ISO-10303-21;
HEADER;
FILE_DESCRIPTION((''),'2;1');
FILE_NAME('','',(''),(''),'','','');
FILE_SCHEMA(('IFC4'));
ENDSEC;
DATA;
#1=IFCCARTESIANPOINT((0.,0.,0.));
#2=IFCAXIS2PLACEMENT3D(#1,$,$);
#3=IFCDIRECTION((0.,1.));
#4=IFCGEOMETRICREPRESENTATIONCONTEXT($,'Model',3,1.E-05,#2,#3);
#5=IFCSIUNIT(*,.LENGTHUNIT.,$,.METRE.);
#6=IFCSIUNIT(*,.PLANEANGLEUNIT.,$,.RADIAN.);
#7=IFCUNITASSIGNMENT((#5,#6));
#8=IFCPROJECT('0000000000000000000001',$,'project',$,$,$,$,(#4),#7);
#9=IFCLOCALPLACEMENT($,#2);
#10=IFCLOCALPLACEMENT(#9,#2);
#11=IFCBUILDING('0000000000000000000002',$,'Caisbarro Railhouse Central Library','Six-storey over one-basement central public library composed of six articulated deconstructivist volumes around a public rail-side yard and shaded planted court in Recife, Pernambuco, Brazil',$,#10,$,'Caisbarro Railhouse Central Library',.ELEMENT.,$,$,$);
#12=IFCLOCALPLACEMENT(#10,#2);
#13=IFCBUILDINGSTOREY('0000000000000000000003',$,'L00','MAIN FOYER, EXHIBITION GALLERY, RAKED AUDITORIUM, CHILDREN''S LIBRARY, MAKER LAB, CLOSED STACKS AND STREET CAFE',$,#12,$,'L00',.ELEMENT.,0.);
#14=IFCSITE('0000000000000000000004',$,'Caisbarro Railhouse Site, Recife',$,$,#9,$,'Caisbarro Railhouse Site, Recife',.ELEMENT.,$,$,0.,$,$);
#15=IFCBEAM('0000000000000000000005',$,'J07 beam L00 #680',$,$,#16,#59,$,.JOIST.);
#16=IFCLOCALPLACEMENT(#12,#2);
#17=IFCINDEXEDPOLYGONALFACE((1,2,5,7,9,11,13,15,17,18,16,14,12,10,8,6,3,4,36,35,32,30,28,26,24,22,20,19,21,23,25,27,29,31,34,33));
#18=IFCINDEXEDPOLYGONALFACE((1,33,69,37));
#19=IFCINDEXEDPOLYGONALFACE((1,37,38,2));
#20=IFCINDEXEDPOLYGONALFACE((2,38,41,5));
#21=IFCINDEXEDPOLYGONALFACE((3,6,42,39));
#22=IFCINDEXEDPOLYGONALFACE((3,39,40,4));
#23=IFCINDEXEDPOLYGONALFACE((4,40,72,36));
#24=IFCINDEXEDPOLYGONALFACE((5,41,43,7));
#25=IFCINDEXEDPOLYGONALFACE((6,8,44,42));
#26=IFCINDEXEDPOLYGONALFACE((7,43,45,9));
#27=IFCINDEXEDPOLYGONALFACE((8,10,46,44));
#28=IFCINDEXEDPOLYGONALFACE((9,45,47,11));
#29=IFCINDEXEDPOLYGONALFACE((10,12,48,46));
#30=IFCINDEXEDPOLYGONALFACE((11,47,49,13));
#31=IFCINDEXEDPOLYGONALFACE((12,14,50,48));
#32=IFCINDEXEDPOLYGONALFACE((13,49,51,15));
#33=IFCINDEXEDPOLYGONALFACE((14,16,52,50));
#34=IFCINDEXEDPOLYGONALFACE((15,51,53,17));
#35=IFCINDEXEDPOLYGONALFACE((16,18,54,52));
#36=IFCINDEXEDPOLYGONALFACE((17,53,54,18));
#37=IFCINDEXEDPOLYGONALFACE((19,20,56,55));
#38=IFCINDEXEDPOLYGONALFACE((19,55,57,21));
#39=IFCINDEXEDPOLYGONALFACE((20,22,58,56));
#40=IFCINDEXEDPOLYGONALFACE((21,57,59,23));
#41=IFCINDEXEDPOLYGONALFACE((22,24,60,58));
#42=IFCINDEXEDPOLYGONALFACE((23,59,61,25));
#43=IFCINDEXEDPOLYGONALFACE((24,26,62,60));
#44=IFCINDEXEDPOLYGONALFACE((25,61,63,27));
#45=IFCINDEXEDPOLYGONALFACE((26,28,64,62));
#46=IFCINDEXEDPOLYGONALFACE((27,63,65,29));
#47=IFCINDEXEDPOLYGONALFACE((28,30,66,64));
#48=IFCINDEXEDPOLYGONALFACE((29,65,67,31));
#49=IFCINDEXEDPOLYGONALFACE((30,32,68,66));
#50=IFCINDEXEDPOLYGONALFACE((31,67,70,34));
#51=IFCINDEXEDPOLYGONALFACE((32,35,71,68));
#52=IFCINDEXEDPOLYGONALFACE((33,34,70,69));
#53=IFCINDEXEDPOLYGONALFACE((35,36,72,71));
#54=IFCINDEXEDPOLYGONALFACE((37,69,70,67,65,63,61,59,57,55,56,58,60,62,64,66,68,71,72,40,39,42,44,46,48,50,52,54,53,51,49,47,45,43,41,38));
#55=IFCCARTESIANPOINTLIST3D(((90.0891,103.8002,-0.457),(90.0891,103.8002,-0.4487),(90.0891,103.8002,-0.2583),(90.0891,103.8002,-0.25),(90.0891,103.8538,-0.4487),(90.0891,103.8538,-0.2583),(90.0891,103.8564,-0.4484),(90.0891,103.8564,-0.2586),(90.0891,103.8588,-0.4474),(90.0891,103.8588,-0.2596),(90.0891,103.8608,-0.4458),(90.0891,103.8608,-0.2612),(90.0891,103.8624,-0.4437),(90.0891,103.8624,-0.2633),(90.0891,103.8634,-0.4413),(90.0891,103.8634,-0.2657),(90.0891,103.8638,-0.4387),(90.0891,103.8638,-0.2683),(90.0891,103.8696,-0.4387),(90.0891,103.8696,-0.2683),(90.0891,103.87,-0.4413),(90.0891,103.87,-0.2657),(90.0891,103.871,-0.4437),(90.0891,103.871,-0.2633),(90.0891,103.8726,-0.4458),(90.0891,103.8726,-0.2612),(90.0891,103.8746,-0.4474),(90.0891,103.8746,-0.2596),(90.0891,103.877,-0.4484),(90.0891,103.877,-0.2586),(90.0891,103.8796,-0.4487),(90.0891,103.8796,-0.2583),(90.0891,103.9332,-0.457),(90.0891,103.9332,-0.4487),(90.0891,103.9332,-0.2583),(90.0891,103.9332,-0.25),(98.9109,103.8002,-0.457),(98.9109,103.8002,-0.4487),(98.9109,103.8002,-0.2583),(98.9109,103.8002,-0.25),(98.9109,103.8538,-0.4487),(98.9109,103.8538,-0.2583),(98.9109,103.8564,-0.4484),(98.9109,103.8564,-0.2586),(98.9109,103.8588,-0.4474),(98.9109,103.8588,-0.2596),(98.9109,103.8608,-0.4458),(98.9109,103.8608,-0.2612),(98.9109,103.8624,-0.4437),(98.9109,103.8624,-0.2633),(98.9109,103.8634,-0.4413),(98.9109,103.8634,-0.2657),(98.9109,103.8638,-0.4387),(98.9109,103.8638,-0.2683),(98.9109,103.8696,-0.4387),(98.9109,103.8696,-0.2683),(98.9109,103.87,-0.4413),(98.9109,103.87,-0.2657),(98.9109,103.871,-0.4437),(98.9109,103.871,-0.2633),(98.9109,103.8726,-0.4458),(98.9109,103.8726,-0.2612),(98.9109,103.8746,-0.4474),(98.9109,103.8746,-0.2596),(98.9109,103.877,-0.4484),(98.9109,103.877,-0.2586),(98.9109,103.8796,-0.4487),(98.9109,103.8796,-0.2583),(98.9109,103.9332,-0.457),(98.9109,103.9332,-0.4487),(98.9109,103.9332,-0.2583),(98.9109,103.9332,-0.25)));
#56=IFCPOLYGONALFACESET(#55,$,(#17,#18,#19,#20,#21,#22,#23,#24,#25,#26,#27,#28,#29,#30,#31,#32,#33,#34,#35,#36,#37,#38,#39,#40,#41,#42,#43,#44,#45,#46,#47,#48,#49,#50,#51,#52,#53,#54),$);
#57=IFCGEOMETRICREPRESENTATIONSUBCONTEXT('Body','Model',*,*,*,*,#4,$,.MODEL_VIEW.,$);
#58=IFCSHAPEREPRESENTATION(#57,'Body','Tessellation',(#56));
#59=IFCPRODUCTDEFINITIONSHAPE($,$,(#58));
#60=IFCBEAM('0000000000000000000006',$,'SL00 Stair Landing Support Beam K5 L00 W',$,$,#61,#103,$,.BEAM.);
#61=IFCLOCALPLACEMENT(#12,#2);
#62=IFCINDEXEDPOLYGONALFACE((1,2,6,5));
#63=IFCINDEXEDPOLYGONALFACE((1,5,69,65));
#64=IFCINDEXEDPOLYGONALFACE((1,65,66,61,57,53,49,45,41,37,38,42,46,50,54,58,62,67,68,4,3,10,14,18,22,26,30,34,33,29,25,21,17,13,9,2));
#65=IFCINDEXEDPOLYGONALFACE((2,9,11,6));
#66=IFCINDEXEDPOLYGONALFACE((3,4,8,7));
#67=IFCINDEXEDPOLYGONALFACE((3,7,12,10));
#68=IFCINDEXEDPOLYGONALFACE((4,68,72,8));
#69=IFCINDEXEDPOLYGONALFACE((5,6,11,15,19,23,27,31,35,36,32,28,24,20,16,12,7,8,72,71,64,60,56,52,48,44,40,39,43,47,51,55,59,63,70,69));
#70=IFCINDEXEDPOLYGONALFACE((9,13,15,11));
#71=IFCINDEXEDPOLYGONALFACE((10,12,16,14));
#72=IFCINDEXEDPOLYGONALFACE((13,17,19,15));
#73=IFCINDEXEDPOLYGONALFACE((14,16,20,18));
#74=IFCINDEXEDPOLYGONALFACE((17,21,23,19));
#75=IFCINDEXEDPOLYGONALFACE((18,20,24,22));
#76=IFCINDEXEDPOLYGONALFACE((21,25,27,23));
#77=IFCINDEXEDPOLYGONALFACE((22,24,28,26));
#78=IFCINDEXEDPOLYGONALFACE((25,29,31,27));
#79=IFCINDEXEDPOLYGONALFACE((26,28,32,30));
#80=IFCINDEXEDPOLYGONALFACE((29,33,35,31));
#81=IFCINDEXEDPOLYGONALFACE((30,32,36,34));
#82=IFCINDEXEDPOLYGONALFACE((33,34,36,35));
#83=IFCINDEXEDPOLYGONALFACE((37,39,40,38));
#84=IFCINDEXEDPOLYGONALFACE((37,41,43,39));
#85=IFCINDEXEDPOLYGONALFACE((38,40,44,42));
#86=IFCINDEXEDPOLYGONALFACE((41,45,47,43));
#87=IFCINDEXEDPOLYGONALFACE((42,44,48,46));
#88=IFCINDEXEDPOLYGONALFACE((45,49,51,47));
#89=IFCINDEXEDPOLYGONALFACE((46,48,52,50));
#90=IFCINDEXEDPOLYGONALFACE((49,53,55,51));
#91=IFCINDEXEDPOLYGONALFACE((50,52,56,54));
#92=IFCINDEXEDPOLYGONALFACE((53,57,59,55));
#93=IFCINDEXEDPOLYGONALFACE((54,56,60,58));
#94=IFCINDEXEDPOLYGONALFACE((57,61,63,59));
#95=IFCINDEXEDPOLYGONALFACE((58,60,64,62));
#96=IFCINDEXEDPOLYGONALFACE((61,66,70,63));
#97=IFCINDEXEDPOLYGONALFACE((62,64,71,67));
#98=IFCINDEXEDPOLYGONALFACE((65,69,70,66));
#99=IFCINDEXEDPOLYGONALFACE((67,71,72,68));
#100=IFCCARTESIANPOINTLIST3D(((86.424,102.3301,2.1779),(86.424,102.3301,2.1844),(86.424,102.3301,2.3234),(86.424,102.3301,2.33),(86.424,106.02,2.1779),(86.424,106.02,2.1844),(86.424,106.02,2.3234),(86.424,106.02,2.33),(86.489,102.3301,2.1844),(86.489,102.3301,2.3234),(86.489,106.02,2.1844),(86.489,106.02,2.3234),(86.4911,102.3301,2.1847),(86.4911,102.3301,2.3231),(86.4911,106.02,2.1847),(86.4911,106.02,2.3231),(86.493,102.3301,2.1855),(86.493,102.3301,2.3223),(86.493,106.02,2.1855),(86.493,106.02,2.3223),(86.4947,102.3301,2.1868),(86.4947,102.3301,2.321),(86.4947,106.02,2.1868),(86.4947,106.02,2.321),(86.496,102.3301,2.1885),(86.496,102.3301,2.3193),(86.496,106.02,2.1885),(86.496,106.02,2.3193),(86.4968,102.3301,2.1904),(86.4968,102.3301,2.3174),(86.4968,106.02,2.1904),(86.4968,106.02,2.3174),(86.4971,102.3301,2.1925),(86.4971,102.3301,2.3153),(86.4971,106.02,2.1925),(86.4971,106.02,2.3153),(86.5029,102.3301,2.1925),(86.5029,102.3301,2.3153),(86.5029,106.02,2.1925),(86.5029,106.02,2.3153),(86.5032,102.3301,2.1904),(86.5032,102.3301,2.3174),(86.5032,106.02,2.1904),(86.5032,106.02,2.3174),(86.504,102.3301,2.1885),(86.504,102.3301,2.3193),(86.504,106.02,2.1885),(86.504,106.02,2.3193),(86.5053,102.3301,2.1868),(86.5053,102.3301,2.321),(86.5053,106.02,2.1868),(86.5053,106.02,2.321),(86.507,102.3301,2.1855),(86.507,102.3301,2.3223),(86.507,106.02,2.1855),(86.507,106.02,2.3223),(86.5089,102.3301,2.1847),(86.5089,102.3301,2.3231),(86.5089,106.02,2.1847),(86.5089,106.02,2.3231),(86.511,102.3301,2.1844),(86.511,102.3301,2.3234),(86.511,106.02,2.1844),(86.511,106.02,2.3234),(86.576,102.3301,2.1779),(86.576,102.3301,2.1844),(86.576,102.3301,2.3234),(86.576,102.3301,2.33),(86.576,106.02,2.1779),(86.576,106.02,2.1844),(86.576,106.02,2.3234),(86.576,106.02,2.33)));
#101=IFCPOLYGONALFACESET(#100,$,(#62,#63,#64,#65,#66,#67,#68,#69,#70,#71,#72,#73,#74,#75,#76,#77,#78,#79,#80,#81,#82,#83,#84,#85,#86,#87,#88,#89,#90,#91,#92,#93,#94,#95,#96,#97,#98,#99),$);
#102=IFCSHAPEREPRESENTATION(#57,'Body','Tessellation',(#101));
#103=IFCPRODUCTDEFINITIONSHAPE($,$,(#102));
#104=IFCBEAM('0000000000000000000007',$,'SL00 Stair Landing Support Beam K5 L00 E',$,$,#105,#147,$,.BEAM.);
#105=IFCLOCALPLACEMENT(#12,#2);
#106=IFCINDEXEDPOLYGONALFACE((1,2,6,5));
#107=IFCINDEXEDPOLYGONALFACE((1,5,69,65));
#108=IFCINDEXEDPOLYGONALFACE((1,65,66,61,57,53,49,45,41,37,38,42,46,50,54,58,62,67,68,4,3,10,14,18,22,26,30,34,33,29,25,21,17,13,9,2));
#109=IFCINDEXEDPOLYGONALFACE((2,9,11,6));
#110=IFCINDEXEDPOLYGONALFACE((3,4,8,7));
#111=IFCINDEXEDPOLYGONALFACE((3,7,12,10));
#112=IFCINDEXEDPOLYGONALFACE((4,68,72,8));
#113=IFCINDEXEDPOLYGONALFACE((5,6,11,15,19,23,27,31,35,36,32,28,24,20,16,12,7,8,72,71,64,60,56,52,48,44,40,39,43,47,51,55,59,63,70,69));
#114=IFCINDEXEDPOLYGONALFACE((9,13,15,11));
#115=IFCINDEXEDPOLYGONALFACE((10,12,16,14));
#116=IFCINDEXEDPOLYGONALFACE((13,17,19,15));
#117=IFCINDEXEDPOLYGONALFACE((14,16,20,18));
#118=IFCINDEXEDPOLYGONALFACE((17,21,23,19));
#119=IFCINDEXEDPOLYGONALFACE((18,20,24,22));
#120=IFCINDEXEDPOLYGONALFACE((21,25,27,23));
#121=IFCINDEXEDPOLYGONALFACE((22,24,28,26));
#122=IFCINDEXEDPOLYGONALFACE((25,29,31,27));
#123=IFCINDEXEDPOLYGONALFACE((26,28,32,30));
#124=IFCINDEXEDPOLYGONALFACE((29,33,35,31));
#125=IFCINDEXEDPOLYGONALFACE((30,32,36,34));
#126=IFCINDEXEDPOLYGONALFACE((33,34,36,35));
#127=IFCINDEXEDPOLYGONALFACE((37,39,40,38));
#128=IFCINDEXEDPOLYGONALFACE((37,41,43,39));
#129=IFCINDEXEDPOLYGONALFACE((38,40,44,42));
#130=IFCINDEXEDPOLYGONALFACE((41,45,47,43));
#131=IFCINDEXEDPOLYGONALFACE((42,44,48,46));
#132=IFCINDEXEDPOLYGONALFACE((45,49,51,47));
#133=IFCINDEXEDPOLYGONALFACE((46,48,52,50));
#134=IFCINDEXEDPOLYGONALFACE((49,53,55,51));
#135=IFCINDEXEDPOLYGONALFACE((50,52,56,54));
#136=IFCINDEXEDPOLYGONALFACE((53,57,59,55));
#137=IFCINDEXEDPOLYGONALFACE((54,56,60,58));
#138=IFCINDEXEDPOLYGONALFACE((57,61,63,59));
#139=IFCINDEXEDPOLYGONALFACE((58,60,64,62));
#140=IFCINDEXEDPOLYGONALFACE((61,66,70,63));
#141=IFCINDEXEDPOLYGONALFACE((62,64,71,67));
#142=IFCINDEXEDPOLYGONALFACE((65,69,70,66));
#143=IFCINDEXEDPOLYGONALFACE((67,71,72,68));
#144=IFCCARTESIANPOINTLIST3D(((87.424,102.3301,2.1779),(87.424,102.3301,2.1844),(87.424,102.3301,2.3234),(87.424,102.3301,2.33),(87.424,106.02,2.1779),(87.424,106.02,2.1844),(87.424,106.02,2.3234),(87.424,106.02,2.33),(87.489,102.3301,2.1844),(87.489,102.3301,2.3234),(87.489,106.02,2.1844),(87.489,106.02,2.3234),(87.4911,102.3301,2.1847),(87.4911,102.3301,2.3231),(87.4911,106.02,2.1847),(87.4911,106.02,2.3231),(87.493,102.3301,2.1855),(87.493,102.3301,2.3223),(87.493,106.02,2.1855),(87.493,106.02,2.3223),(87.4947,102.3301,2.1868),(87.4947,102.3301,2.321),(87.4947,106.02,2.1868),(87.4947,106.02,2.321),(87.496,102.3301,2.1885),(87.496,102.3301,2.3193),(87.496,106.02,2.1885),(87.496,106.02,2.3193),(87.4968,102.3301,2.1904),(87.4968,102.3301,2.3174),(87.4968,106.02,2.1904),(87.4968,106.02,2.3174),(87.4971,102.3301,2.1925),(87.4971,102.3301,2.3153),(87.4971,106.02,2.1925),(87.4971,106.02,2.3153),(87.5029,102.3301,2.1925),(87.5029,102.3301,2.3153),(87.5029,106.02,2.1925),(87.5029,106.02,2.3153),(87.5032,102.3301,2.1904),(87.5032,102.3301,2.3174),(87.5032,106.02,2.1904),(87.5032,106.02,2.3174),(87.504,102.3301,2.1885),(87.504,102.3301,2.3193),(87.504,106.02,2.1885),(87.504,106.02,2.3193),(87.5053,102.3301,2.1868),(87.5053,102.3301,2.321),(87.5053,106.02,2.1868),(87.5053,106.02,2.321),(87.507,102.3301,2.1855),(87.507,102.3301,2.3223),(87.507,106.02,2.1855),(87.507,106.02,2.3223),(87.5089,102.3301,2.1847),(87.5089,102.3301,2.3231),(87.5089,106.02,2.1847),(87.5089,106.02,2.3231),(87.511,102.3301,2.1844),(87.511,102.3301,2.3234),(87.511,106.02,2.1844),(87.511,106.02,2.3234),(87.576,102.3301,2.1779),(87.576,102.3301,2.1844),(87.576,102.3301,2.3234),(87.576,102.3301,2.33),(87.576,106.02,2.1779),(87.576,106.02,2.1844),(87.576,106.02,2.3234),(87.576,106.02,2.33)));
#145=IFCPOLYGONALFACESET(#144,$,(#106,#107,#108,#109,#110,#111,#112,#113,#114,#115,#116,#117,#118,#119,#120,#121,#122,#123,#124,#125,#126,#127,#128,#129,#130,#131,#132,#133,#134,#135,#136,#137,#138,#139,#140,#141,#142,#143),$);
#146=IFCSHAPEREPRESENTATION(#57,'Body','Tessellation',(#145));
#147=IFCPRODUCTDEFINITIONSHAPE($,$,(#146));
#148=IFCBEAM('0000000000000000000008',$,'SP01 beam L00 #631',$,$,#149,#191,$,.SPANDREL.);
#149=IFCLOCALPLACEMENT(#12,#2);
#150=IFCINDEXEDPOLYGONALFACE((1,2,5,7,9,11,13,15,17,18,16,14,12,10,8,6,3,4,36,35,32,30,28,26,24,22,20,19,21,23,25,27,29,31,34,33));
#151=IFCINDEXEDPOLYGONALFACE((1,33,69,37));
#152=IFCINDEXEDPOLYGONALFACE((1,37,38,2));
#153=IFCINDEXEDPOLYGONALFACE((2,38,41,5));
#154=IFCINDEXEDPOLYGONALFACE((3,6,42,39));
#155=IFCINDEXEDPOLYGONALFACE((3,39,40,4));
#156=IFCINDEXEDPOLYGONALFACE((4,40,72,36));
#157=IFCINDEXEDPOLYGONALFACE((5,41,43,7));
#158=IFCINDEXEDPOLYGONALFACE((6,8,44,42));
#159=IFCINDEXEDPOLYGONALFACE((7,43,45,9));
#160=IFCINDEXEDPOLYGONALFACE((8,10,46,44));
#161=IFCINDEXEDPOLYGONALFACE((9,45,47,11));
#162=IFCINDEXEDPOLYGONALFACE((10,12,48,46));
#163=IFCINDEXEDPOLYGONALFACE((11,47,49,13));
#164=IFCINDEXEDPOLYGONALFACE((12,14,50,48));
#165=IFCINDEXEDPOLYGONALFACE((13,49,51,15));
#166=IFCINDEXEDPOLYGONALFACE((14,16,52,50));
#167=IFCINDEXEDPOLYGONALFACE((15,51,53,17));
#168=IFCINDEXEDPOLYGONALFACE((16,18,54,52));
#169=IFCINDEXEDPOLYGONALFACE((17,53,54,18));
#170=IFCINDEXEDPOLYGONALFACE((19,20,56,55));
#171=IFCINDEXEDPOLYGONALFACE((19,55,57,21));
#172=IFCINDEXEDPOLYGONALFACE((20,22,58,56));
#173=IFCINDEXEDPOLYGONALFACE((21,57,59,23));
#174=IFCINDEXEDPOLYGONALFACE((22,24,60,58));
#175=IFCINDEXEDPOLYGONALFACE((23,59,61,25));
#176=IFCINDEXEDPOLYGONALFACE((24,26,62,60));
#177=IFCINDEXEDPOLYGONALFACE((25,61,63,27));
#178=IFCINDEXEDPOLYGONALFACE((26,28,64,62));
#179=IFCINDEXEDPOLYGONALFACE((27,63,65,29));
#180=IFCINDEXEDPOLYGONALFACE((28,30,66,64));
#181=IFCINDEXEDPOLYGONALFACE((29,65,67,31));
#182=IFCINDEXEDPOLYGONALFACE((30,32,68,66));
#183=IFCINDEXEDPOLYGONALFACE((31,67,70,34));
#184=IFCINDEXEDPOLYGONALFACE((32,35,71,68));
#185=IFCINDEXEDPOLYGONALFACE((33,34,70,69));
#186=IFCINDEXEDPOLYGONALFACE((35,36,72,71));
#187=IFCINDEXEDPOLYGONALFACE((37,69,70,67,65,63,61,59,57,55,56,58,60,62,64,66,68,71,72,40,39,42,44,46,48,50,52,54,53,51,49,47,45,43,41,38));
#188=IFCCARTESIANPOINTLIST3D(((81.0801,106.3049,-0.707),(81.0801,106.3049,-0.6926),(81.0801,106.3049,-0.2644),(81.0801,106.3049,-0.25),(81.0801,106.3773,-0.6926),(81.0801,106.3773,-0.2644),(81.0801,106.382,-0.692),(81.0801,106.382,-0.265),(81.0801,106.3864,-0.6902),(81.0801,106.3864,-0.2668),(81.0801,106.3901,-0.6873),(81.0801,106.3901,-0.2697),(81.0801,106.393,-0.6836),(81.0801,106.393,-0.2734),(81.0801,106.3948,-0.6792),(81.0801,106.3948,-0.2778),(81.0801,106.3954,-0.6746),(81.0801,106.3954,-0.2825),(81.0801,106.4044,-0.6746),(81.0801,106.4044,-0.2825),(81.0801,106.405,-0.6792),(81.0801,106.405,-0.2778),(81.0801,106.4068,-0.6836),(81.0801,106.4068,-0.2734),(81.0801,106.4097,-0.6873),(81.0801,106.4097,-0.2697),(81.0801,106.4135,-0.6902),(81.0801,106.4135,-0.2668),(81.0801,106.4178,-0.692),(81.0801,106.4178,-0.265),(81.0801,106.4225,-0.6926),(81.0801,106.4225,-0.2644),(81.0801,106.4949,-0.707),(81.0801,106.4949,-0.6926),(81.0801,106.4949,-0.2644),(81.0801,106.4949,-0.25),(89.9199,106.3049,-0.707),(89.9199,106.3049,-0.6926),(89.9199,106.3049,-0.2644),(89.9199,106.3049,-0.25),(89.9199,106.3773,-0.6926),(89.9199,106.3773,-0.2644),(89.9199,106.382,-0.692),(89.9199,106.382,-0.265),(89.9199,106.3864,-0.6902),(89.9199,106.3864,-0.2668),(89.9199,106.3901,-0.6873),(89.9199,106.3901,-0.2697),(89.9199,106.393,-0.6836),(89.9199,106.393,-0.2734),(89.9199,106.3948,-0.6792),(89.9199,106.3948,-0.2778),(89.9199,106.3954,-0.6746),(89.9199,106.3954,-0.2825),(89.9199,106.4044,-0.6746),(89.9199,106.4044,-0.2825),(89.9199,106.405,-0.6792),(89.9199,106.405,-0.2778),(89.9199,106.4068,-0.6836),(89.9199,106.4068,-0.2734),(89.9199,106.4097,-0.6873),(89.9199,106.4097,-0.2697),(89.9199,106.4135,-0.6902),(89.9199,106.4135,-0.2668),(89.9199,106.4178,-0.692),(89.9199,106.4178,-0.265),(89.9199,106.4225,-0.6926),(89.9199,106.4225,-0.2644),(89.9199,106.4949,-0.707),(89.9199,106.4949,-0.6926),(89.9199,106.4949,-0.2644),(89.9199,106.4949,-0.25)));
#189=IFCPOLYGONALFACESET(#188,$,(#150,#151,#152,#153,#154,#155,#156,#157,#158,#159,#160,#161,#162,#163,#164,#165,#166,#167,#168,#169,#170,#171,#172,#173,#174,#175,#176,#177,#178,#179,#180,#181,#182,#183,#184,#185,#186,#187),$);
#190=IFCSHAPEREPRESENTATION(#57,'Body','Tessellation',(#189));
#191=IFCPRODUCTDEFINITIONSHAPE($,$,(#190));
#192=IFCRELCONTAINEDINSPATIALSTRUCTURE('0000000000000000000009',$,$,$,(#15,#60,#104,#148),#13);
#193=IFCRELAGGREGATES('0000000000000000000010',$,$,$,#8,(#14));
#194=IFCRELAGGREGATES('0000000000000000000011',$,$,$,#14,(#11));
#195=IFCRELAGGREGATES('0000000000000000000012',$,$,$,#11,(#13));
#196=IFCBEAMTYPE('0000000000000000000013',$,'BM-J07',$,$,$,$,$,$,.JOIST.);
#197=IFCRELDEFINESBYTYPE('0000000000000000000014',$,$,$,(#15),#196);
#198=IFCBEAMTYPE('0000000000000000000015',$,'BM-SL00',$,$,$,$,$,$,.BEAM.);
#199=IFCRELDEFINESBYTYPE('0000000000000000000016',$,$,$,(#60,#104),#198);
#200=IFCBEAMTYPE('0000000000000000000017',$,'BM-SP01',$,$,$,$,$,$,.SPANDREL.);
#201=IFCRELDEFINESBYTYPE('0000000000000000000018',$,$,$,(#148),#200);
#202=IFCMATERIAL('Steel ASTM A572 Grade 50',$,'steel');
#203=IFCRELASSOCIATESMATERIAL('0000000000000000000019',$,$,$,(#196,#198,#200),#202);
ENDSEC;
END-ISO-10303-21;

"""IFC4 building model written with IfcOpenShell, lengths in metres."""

from ifc_helpers import new_model, si_unit, direction, frame, origin, origin_2d, place, context, subcontext, project, spatial, i_section, extrude, material, material_profile, profile_set, type_object, element, save


model = new_model("IFC4")

# Units and contexts
model_context = context("Model", 3, precision=1e-05, world=origin(), true_north=direction((0.0, 1.0)))
body_context = subcontext(model_context, "Body", "Model", "MODEL_VIEW")
ifc_project = project(units=[si_unit("LENGTHUNIT", "METRE"), si_unit("PLANEANGLEUNIT", "RADIAN")], contexts=[model_context])

# Site, building, storey
site_placement = place(None, origin())
site = spatial("IfcSite", under=ifc_project, at=site_placement, Name="Caisbarro Railhouse Site, Recife", LongName="Caisbarro Railhouse Site, Recife", CompositionType="ELEMENT", RefElevation=0.0)
building_placement = place(site_placement, origin())
building = spatial("IfcBuilding", under=site, at=building_placement, Name="Caisbarro Railhouse Central Library", Description="Six-storey over one-basement central public library composed of six articulated deconstructivist volumes around a public rail-side yard and shaded planted court in Recife, Pernambuco, Brazil", LongName="Caisbarro Railhouse Central Library", CompositionType="ELEMENT")
storey_placement = place(building_placement, origin())
storey = spatial("IfcBuildingStorey", under=building, at=storey_placement, Name="L00", Description="MAIN FOYER, EXHIBITION GALLERY, RAKED AUDITORIUM, CHILDREN'S LIBRARY, MAKER LAB, CLOSED STACKS AND STREET CAFE", LongName="L00", CompositionType="ELEMENT", Elevation=0.0)

# Shared definitions
ifc_material_1 = material(Name="Steel ASTM A572 Grade 50", Category="steel")

# Beams
ifc_material_profile_1 = material_profile(ifc_material_1, i_section(OverallWidth=0.1331, OverallDepth=0.207, WebThickness=0.0059, FlangeThickness=0.0083, FilletRadius=0.01, at=origin_2d()), Name="W200X26.6")
ifc_profile_set_1 = profile_set([ifc_material_profile_1], Name="Steel ASTM A572 Grade 50")
beam_type_1 = type_object("IfcBeamType", Name="BM-J07", PredefinedType="JOIST", material=ifc_profile_set_1)
for number, where, z_axis, x_axis, name in (
    (1, (90.0891, 103.8667, -0.3535), (1.0, 0.0, 0.0), (0.0, 1.0, 0.0), "J07 beam L00 #680"),
):
    element("IfcBeam", number, at=place(storey_placement, frame(where, z_axis=z_axis, x_axis=x_axis)), inside=storey, type_object=beam_type_1, Name=name, PredefinedType="JOIST", context=body_context, shape_type="SweptSolid", body=[
        extrude(i_section(OverallWidth=0.1331, OverallDepth=0.207, WebThickness=0.0059, FlangeThickness=0.0083, FilletRadius=0.01, at=origin_2d()), origin(), (0.0, 0.0, 1.0), 8.8218),
    ])
ifc_material_profile_2 = material_profile(ifc_material_1, i_section(OverallWidth=0.1521, OverallDepth=0.1521, WebThickness=0.0059, FlangeThickness=0.0066, FilletRadius=0.0081, at=origin_2d()), Name="W150X22.5")
ifc_profile_set_2 = profile_set([ifc_material_profile_2], Name="Steel ASTM A572 Grade 50")
beam_type_2 = type_object("IfcBeamType", Name="BM-SL00", PredefinedType="BEAM", material=ifc_profile_set_2)
for number, where, z_axis, x_axis, name in (
    (2, (86.5, 102.3301, 2.2539), (0.0, 1.0, 0.0), (-1.0, 0.0, 0.0), "SL00 Stair Landing Support Beam K5 L00 W"),
    (3, (87.5, 102.3301, 2.2539), (0.0, 1.0, 0.0), (-1.0, 0.0, 0.0), "SL00 Stair Landing Support Beam K5 L00 E"),
):
    element("IfcBeam", number, at=place(storey_placement, frame(where, z_axis=z_axis, x_axis=x_axis)), inside=storey, type_object=beam_type_2, Name=name, PredefinedType="BEAM", context=body_context, shape_type="SweptSolid", body=[
        extrude(i_section(OverallWidth=0.1521, OverallDepth=0.1521, WebThickness=0.0059, FlangeThickness=0.0066, FilletRadius=0.0081, at=origin_2d()), origin(), (0.0, 0.0, 1.0), 3.6899),
    ])
ifc_material_profile_3 = material_profile(ifc_material_1, i_section(OverallWidth=0.1899, OverallDepth=0.457, WebThickness=0.009, FlangeThickness=0.0144, FilletRadius=0.0181, at=origin_2d()), Name="W460X74.0")
ifc_profile_set_3 = profile_set([ifc_material_profile_3], Name="Steel ASTM A572 Grade 50")
beam_type_3 = type_object("IfcBeamType", Name="BM-SP01", PredefinedType="SPANDREL", material=ifc_profile_set_3)
for number, where, z_axis, x_axis, name in (
    (4, (81.0801, 106.3999, -0.4785), (1.0, 0.0, 0.0), (0.0, 1.0, 0.0), "SP01 beam L00 #631"),
):
    element("IfcBeam", number, at=place(storey_placement, frame(where, z_axis=z_axis, x_axis=x_axis)), inside=storey, type_object=beam_type_3, Name=name, PredefinedType="SPANDREL", context=body_context, shape_type="SweptSolid", body=[
        extrude(i_section(OverallWidth=0.1899, OverallDepth=0.457, WebThickness=0.009, FlangeThickness=0.0144, FilletRadius=0.0181, at=origin_2d()), origin(), (0.0, 0.0, 1.0), 8.8398),
    ])

save(model, "model.ifc")
